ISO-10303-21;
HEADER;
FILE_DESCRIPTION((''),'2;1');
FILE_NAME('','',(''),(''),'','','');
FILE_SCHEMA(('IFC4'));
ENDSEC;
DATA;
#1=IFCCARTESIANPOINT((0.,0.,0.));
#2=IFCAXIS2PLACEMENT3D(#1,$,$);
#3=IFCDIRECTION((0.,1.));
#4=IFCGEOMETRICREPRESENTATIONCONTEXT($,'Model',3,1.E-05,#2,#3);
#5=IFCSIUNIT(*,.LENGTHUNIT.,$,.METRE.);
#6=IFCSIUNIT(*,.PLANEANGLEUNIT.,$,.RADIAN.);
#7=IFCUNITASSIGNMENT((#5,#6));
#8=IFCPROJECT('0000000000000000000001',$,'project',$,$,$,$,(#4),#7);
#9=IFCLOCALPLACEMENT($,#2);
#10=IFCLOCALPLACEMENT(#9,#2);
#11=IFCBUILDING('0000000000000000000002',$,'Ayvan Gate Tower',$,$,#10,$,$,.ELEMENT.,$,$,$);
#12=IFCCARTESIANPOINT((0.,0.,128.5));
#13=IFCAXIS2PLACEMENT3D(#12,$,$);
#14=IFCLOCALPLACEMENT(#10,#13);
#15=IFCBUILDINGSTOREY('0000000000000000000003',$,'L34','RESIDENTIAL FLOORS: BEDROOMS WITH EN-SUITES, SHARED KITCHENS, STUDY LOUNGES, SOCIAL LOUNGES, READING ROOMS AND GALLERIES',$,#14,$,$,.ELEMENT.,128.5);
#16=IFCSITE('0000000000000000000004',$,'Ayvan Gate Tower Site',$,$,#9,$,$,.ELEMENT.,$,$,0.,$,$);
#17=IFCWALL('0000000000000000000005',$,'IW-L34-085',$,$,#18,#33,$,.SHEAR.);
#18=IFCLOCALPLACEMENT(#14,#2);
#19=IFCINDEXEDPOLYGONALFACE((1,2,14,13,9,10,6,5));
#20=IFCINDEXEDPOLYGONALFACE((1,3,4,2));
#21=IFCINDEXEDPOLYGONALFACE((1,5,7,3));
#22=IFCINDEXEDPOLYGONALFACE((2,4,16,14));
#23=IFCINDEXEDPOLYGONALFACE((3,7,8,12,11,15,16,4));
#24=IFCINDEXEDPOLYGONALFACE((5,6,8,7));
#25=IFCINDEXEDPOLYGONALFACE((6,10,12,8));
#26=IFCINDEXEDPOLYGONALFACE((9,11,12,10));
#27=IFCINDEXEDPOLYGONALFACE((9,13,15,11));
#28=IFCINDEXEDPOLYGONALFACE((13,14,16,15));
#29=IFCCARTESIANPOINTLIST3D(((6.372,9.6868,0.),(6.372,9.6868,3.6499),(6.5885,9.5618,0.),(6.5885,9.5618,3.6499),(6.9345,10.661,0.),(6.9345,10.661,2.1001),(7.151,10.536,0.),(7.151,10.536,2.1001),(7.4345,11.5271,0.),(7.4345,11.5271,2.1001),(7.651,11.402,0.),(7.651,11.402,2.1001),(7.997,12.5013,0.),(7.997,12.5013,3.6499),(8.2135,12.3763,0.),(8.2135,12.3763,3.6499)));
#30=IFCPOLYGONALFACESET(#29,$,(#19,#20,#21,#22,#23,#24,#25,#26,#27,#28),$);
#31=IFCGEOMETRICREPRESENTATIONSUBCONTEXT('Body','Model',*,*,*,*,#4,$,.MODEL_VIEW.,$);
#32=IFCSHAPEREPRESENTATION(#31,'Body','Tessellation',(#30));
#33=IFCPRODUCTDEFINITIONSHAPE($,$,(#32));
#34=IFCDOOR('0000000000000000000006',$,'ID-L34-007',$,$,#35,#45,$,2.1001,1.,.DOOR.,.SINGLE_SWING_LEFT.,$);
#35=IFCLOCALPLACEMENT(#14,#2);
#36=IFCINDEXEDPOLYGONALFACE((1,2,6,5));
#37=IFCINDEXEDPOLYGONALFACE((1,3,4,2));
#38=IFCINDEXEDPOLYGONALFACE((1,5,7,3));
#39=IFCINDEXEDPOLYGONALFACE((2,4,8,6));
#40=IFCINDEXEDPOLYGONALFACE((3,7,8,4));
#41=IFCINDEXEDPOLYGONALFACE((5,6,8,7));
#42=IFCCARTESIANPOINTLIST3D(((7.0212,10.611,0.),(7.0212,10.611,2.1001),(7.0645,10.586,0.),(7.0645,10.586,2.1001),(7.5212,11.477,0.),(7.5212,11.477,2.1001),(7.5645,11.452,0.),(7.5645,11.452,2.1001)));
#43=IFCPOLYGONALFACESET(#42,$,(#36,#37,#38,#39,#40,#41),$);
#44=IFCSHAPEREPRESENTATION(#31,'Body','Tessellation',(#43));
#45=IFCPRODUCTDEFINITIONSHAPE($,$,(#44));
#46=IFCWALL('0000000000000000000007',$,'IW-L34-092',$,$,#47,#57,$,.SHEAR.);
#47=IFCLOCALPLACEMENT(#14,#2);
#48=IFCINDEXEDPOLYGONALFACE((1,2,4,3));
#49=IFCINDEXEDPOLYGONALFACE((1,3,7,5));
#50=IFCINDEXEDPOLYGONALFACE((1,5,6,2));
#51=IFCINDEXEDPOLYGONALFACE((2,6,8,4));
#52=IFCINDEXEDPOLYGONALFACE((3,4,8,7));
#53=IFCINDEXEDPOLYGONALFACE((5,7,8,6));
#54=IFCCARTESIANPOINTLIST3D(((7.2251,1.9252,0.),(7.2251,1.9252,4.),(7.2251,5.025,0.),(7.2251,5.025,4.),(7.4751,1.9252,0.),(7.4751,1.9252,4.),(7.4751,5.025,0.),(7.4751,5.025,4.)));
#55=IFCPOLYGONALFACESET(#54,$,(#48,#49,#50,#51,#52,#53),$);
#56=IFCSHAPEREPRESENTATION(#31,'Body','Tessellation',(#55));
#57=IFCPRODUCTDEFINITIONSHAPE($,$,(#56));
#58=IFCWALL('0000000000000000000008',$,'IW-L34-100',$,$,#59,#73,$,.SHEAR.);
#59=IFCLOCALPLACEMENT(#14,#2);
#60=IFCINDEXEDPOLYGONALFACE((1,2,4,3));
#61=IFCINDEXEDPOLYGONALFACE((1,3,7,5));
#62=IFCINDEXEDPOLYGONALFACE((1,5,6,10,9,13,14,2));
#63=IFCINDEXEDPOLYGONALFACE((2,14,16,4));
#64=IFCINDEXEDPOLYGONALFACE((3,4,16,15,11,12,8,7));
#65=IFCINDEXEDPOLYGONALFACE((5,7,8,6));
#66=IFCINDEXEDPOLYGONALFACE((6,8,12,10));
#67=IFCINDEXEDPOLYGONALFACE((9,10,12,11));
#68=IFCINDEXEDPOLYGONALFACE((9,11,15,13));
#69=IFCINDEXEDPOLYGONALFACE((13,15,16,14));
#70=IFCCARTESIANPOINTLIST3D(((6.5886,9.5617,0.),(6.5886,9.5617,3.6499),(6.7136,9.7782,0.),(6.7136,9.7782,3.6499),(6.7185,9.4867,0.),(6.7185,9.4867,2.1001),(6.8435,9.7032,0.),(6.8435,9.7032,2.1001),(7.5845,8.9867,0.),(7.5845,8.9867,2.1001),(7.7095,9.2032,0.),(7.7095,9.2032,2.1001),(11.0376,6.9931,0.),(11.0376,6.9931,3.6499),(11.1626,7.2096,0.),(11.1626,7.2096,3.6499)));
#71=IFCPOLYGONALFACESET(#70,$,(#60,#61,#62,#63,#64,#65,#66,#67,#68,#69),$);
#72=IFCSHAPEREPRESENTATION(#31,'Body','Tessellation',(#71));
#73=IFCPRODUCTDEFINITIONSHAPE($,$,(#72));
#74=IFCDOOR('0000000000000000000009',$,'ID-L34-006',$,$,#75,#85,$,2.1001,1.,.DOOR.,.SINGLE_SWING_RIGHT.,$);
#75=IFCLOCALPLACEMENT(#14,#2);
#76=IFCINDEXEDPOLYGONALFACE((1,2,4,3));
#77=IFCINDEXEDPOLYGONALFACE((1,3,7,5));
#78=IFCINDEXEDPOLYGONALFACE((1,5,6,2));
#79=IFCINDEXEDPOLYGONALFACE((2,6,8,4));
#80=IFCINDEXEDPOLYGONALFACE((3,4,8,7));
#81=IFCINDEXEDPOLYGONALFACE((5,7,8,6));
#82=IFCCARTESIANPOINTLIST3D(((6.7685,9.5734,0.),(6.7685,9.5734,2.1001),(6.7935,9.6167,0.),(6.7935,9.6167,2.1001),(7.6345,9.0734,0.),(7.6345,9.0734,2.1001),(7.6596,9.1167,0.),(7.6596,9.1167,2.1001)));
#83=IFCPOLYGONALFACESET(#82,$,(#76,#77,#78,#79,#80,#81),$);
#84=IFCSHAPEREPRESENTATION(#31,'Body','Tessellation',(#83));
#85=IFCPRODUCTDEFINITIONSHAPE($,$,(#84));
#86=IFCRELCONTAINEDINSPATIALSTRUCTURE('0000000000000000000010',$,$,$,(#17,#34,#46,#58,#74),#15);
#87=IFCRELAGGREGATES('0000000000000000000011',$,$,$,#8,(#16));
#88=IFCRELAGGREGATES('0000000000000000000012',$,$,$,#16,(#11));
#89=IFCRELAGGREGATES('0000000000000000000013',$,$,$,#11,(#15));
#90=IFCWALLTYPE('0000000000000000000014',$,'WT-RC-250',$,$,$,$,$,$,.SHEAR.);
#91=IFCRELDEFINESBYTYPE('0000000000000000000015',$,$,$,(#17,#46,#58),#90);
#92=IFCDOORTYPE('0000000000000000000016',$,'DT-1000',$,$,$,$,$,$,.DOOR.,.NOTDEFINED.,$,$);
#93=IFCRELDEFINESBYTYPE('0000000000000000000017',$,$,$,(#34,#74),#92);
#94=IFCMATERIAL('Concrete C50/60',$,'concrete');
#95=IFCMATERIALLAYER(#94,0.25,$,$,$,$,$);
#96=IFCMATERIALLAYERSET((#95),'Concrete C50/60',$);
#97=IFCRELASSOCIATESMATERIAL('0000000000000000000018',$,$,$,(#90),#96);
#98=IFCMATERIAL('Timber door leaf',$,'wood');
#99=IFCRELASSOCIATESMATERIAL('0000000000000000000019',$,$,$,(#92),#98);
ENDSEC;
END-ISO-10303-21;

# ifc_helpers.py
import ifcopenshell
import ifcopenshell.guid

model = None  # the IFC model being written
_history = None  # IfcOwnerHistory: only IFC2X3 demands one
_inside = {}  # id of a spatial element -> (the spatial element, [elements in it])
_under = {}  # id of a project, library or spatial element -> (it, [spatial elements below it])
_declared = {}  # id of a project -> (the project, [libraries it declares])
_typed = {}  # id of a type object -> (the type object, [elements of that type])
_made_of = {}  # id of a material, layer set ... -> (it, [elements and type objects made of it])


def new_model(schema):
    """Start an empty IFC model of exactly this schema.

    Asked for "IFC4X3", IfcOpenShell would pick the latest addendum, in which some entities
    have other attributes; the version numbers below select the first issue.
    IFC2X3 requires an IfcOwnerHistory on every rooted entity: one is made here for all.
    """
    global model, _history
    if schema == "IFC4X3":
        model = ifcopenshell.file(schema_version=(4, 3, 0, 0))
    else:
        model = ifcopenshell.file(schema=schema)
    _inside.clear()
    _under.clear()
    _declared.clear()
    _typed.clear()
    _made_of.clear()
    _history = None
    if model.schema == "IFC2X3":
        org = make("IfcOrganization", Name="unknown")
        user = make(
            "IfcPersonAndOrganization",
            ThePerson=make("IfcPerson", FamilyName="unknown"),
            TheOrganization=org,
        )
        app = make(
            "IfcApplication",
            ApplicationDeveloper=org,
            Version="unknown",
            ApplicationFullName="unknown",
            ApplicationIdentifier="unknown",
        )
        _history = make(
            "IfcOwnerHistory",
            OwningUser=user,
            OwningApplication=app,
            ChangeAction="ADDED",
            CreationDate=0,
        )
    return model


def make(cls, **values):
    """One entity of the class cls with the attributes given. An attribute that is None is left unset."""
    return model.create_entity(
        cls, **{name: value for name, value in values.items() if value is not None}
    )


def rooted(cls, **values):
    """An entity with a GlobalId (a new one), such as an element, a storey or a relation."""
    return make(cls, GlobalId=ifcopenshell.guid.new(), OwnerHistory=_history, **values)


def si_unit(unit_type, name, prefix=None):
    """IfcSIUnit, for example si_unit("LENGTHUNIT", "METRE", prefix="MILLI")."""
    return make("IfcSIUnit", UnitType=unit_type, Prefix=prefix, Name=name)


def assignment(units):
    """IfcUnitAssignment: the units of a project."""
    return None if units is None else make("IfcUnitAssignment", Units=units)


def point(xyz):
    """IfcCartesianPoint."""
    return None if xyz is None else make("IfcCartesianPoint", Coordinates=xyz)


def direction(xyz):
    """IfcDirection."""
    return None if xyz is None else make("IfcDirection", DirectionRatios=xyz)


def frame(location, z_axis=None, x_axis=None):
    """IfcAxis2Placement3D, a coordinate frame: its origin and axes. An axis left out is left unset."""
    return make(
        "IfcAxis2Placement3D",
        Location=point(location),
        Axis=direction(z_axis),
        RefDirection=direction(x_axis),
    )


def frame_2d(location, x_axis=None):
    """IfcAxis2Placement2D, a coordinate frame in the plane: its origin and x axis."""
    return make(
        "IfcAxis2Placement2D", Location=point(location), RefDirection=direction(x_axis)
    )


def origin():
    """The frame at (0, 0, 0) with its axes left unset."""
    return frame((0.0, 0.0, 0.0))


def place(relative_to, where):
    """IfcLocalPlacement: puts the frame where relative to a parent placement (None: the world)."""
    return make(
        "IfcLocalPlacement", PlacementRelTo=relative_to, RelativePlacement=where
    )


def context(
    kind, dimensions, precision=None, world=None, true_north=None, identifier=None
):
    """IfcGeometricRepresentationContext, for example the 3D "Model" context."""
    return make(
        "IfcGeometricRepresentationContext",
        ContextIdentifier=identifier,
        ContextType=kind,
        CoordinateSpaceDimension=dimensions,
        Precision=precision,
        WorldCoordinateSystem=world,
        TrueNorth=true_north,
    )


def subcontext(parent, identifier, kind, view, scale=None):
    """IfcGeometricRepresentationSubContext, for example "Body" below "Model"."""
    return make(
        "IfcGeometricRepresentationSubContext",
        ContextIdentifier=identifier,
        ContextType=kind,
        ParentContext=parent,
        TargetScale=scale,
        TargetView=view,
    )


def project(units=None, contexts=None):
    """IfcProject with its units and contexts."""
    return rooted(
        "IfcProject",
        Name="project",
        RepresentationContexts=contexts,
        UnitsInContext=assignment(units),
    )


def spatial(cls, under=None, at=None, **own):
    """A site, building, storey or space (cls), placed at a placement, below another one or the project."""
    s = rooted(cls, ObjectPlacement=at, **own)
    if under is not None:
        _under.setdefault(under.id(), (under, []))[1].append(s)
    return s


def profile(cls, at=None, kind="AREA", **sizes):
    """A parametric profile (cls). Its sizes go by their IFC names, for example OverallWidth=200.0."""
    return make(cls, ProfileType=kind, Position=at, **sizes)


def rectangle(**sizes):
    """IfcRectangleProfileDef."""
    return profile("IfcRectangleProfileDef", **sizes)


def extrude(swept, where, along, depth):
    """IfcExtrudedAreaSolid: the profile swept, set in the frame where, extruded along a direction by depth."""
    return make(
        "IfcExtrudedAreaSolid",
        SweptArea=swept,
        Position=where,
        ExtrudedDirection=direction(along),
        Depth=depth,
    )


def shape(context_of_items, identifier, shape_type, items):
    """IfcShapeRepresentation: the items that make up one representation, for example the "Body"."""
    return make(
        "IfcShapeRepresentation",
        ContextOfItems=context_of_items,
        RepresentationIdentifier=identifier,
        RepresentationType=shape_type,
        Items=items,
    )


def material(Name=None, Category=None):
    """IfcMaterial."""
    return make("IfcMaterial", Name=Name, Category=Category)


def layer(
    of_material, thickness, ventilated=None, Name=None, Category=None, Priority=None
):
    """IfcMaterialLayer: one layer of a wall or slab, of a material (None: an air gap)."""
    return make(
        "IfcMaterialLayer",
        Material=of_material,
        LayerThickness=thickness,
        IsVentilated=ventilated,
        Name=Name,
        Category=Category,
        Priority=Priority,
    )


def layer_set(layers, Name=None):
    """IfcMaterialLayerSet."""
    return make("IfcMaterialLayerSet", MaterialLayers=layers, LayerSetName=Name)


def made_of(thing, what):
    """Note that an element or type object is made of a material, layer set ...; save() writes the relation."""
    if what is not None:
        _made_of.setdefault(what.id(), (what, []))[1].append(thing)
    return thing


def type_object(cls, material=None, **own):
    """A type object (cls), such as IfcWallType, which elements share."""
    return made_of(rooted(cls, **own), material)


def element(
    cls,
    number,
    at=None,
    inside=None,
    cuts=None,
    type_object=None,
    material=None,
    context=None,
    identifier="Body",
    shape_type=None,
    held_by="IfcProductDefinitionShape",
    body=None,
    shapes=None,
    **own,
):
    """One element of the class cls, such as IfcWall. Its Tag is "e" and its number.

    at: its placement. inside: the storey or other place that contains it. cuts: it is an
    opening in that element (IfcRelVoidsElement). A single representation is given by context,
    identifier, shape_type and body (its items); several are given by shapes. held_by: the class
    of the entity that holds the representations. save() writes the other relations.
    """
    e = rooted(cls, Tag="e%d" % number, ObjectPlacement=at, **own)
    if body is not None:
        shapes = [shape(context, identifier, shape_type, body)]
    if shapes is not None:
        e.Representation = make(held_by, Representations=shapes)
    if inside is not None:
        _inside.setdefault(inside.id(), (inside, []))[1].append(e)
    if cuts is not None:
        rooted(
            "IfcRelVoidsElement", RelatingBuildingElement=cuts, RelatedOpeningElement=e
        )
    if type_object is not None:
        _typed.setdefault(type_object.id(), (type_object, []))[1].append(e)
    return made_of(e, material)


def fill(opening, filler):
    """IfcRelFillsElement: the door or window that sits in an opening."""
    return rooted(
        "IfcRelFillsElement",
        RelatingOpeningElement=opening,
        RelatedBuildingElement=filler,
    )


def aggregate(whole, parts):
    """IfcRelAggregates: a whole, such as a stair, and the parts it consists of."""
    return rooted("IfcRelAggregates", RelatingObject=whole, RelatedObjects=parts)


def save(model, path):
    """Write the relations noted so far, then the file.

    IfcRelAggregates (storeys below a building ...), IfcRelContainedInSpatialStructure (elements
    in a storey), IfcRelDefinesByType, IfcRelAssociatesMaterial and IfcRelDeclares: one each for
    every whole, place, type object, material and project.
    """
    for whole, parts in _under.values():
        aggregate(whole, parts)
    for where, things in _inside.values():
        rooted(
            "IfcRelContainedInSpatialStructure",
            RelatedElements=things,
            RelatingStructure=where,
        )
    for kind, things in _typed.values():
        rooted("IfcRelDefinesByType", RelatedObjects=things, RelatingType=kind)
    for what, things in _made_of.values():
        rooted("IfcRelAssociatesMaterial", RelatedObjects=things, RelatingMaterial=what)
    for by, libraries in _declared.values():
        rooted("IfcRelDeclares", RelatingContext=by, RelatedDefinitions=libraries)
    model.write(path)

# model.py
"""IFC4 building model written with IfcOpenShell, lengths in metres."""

from ifc_helpers import new_model, si_unit, direction, frame, frame_2d, origin, place, context, subcontext, project, spatial, rectangle, extrude, material, layer, layer_set, type_object, element, fill, save


model = new_model("IFC4")

# Units and contexts
model_context = context("Model", 3, precision=1e-05, world=origin(), true_north=direction((0.0, 1.0)))
body_context = subcontext(model_context, "Body", "Model", "MODEL_VIEW")
ifc_project = project(units=[si_unit("LENGTHUNIT", "METRE"), si_unit("PLANEANGLEUNIT", "RADIAN")], contexts=[model_context])

# Site, building, storey
site_placement = place(None, origin())
site = spatial("IfcSite", under=ifc_project, at=site_placement, Name="Ayvan Gate Tower Site", CompositionType="ELEMENT", RefElevation=0.0)
building_placement = place(site_placement, origin())
building = spatial("IfcBuilding", under=site, at=building_placement, Name="Ayvan Gate Tower", CompositionType="ELEMENT")
storey_placement = place(building_placement, frame((0.0, 0.0, 128.5)))
storey = spatial("IfcBuildingStorey", under=building, at=storey_placement, Name="L34", Description="RESIDENTIAL FLOORS: BEDROOMS WITH EN-SUITES, SHARED KITCHENS, STUDY LOUNGES, SOCIAL LOUNGES, READING ROOMS AND GALLERIES", CompositionType="ELEMENT", Elevation=128.5)

# Shared definitions
ifc_material_1 = material(Name="Timber door leaf", Category="wood")

# Shared definitions
ifc_material_2 = material(Name="Concrete C50/60", Category="concrete")
ifc_layer_1 = layer(ifc_material_2, 0.25)
ifc_layer_set_1 = layer_set([ifc_layer_1], Name="Concrete C50/60")
wall_type_1 = type_object("IfcWallType", Name="WT-RC-250", PredefinedType="SHEAR", material=ifc_layer_set_1)

# Wall, opening, door
wall_1_placement = place(storey_placement, frame((6.4802, 9.6243, 0.0), z_axis=(0.0, 0.0, 1.0), x_axis=(0.500017, 0.866015, 0.0)))
wall_1 = element("IfcWall", 1, at=wall_1_placement, inside=storey, type_object=wall_type_1, Name="IW-L34-085", PredefinedType="SHEAR", context=body_context, shape_type="SweptSolid", body=[
    extrude(rectangle(XDim=3.25, YDim=0.25, at=frame_2d((1.625, 0.0))), origin(), (0.0, 0.0, 1.0), 3.6499),
])
opening_1_placement = place(wall_1_placement, frame((1.125, 0.0, 0.0)))
opening_1 = element("IfcOpeningElement", 2, at=opening_1_placement, cuts=wall_1, PredefinedType="OPENING", context=body_context, shape_type="SweptSolid", body=[
    extrude(rectangle(XDim=1.0, YDim=2.1001, at=frame_2d((0.5, 1.05))), frame((0.0, 0.135, 0.0), z_axis=(0.0, -1.0, 0.0), x_axis=(1.0, 0.0, 0.0)), (0.0, 0.0, 1.0), 0.27),
])
door_type_1 = type_object("IfcDoorType", Name="DT-1000", OperationType="NOTDEFINED", PredefinedType="DOOR", material=ifc_material_1)
door_1_placement = place(opening_1_placement, origin())
door_1 = element("IfcDoor", 3, at=door_1_placement, inside=storey, type_object=door_type_1, Name="ID-L34-007", OperationType="SINGLE_SWING_LEFT", OverallHeight=2.1001, OverallWidth=1.0, PredefinedType="DOOR", context=body_context, shape_type="SweptSolid", body=[
    extrude(rectangle(XDim=1.0, YDim=2.1001, at=frame_2d((0.5, 1.05))), frame((0.0, 0.0249, 0.0), z_axis=(0.0, -1.0, 0.0), x_axis=(1.0, 0.0, 0.0)), (0.0, 0.0, 1.0), 0.05),
])
fill(opening_1, door_1)

# Wall
wall_2_placement = place(storey_placement, frame((7.3501, 5.0249, 0.0), z_axis=(0.0, 0.0, 1.0), x_axis=(0.0, -1.0, 0.0)))
element("IfcWall", 4, at=wall_2_placement, inside=storey, type_object=wall_type_1, Name="IW-L34-092", PredefinedType="SHEAR", context=body_context, shape_type="SweptSolid", body=[
    extrude(rectangle(XDim=3.0999, YDim=0.25, at=frame_2d((1.5498, 0.0))), origin(), (0.0, 0.0, 1.0), 4.0),
])

# Wall, opening, door
wall_3_placement = place(storey_placement, frame((11.1001, 7.1013, 0.0), z_axis=(0.0, 0.0, 1.0), x_axis=(-0.866027, 0.499998, 0.0)))
wall_3 = element("IfcWall", 5, at=wall_3_placement, inside=storey, type_object=wall_type_1, Name="IW-L34-100", PredefinedType="SHEAR", context=body_context, shape_type="SweptSolid", body=[
    extrude(rectangle(XDim=5.1372, YDim=0.25, at=frame_2d((2.5686, 0.0))), origin(), (0.0, 0.0, 1.0), 3.6499),
])
opening_2_placement = place(wall_3_placement, frame((3.9873, 0.0, 0.0)))
opening_2 = element("IfcOpeningElement", 6, at=opening_2_placement, cuts=wall_3, PredefinedType="OPENING", context=body_context, shape_type="SweptSolid", body=[
    extrude(rectangle(XDim=1.0, YDim=2.1001, at=frame_2d((0.5, 1.05))), frame((0.0, 0.135, 0.0), z_axis=(0.0, -1.0, 0.0), x_axis=(1.0, 0.0, 0.0)), (0.0, 0.0, 1.0), 0.27),
])
door_2_placement = place(opening_2_placement, origin())
door_2 = element("IfcDoor", 7, at=door_2_placement, inside=storey, type_object=door_type_1, Name="ID-L34-006", OperationType="SINGLE_SWING_RIGHT", OverallHeight=2.1001, OverallWidth=1.0, PredefinedType="DOOR", context=body_context, shape_type="SweptSolid", body=[
    extrude(rectangle(XDim=1.0, YDim=2.1001, at=frame_2d((0.5, 1.05))), frame((0.0, 0.0249, 0.0), z_axis=(0.0, -1.0, 0.0), x_axis=(1.0, 0.0, 0.0)), (0.0, 0.0, 1.0), 0.05),
])
fill(opening_2, door_2)

save(model, "model.ifc")
